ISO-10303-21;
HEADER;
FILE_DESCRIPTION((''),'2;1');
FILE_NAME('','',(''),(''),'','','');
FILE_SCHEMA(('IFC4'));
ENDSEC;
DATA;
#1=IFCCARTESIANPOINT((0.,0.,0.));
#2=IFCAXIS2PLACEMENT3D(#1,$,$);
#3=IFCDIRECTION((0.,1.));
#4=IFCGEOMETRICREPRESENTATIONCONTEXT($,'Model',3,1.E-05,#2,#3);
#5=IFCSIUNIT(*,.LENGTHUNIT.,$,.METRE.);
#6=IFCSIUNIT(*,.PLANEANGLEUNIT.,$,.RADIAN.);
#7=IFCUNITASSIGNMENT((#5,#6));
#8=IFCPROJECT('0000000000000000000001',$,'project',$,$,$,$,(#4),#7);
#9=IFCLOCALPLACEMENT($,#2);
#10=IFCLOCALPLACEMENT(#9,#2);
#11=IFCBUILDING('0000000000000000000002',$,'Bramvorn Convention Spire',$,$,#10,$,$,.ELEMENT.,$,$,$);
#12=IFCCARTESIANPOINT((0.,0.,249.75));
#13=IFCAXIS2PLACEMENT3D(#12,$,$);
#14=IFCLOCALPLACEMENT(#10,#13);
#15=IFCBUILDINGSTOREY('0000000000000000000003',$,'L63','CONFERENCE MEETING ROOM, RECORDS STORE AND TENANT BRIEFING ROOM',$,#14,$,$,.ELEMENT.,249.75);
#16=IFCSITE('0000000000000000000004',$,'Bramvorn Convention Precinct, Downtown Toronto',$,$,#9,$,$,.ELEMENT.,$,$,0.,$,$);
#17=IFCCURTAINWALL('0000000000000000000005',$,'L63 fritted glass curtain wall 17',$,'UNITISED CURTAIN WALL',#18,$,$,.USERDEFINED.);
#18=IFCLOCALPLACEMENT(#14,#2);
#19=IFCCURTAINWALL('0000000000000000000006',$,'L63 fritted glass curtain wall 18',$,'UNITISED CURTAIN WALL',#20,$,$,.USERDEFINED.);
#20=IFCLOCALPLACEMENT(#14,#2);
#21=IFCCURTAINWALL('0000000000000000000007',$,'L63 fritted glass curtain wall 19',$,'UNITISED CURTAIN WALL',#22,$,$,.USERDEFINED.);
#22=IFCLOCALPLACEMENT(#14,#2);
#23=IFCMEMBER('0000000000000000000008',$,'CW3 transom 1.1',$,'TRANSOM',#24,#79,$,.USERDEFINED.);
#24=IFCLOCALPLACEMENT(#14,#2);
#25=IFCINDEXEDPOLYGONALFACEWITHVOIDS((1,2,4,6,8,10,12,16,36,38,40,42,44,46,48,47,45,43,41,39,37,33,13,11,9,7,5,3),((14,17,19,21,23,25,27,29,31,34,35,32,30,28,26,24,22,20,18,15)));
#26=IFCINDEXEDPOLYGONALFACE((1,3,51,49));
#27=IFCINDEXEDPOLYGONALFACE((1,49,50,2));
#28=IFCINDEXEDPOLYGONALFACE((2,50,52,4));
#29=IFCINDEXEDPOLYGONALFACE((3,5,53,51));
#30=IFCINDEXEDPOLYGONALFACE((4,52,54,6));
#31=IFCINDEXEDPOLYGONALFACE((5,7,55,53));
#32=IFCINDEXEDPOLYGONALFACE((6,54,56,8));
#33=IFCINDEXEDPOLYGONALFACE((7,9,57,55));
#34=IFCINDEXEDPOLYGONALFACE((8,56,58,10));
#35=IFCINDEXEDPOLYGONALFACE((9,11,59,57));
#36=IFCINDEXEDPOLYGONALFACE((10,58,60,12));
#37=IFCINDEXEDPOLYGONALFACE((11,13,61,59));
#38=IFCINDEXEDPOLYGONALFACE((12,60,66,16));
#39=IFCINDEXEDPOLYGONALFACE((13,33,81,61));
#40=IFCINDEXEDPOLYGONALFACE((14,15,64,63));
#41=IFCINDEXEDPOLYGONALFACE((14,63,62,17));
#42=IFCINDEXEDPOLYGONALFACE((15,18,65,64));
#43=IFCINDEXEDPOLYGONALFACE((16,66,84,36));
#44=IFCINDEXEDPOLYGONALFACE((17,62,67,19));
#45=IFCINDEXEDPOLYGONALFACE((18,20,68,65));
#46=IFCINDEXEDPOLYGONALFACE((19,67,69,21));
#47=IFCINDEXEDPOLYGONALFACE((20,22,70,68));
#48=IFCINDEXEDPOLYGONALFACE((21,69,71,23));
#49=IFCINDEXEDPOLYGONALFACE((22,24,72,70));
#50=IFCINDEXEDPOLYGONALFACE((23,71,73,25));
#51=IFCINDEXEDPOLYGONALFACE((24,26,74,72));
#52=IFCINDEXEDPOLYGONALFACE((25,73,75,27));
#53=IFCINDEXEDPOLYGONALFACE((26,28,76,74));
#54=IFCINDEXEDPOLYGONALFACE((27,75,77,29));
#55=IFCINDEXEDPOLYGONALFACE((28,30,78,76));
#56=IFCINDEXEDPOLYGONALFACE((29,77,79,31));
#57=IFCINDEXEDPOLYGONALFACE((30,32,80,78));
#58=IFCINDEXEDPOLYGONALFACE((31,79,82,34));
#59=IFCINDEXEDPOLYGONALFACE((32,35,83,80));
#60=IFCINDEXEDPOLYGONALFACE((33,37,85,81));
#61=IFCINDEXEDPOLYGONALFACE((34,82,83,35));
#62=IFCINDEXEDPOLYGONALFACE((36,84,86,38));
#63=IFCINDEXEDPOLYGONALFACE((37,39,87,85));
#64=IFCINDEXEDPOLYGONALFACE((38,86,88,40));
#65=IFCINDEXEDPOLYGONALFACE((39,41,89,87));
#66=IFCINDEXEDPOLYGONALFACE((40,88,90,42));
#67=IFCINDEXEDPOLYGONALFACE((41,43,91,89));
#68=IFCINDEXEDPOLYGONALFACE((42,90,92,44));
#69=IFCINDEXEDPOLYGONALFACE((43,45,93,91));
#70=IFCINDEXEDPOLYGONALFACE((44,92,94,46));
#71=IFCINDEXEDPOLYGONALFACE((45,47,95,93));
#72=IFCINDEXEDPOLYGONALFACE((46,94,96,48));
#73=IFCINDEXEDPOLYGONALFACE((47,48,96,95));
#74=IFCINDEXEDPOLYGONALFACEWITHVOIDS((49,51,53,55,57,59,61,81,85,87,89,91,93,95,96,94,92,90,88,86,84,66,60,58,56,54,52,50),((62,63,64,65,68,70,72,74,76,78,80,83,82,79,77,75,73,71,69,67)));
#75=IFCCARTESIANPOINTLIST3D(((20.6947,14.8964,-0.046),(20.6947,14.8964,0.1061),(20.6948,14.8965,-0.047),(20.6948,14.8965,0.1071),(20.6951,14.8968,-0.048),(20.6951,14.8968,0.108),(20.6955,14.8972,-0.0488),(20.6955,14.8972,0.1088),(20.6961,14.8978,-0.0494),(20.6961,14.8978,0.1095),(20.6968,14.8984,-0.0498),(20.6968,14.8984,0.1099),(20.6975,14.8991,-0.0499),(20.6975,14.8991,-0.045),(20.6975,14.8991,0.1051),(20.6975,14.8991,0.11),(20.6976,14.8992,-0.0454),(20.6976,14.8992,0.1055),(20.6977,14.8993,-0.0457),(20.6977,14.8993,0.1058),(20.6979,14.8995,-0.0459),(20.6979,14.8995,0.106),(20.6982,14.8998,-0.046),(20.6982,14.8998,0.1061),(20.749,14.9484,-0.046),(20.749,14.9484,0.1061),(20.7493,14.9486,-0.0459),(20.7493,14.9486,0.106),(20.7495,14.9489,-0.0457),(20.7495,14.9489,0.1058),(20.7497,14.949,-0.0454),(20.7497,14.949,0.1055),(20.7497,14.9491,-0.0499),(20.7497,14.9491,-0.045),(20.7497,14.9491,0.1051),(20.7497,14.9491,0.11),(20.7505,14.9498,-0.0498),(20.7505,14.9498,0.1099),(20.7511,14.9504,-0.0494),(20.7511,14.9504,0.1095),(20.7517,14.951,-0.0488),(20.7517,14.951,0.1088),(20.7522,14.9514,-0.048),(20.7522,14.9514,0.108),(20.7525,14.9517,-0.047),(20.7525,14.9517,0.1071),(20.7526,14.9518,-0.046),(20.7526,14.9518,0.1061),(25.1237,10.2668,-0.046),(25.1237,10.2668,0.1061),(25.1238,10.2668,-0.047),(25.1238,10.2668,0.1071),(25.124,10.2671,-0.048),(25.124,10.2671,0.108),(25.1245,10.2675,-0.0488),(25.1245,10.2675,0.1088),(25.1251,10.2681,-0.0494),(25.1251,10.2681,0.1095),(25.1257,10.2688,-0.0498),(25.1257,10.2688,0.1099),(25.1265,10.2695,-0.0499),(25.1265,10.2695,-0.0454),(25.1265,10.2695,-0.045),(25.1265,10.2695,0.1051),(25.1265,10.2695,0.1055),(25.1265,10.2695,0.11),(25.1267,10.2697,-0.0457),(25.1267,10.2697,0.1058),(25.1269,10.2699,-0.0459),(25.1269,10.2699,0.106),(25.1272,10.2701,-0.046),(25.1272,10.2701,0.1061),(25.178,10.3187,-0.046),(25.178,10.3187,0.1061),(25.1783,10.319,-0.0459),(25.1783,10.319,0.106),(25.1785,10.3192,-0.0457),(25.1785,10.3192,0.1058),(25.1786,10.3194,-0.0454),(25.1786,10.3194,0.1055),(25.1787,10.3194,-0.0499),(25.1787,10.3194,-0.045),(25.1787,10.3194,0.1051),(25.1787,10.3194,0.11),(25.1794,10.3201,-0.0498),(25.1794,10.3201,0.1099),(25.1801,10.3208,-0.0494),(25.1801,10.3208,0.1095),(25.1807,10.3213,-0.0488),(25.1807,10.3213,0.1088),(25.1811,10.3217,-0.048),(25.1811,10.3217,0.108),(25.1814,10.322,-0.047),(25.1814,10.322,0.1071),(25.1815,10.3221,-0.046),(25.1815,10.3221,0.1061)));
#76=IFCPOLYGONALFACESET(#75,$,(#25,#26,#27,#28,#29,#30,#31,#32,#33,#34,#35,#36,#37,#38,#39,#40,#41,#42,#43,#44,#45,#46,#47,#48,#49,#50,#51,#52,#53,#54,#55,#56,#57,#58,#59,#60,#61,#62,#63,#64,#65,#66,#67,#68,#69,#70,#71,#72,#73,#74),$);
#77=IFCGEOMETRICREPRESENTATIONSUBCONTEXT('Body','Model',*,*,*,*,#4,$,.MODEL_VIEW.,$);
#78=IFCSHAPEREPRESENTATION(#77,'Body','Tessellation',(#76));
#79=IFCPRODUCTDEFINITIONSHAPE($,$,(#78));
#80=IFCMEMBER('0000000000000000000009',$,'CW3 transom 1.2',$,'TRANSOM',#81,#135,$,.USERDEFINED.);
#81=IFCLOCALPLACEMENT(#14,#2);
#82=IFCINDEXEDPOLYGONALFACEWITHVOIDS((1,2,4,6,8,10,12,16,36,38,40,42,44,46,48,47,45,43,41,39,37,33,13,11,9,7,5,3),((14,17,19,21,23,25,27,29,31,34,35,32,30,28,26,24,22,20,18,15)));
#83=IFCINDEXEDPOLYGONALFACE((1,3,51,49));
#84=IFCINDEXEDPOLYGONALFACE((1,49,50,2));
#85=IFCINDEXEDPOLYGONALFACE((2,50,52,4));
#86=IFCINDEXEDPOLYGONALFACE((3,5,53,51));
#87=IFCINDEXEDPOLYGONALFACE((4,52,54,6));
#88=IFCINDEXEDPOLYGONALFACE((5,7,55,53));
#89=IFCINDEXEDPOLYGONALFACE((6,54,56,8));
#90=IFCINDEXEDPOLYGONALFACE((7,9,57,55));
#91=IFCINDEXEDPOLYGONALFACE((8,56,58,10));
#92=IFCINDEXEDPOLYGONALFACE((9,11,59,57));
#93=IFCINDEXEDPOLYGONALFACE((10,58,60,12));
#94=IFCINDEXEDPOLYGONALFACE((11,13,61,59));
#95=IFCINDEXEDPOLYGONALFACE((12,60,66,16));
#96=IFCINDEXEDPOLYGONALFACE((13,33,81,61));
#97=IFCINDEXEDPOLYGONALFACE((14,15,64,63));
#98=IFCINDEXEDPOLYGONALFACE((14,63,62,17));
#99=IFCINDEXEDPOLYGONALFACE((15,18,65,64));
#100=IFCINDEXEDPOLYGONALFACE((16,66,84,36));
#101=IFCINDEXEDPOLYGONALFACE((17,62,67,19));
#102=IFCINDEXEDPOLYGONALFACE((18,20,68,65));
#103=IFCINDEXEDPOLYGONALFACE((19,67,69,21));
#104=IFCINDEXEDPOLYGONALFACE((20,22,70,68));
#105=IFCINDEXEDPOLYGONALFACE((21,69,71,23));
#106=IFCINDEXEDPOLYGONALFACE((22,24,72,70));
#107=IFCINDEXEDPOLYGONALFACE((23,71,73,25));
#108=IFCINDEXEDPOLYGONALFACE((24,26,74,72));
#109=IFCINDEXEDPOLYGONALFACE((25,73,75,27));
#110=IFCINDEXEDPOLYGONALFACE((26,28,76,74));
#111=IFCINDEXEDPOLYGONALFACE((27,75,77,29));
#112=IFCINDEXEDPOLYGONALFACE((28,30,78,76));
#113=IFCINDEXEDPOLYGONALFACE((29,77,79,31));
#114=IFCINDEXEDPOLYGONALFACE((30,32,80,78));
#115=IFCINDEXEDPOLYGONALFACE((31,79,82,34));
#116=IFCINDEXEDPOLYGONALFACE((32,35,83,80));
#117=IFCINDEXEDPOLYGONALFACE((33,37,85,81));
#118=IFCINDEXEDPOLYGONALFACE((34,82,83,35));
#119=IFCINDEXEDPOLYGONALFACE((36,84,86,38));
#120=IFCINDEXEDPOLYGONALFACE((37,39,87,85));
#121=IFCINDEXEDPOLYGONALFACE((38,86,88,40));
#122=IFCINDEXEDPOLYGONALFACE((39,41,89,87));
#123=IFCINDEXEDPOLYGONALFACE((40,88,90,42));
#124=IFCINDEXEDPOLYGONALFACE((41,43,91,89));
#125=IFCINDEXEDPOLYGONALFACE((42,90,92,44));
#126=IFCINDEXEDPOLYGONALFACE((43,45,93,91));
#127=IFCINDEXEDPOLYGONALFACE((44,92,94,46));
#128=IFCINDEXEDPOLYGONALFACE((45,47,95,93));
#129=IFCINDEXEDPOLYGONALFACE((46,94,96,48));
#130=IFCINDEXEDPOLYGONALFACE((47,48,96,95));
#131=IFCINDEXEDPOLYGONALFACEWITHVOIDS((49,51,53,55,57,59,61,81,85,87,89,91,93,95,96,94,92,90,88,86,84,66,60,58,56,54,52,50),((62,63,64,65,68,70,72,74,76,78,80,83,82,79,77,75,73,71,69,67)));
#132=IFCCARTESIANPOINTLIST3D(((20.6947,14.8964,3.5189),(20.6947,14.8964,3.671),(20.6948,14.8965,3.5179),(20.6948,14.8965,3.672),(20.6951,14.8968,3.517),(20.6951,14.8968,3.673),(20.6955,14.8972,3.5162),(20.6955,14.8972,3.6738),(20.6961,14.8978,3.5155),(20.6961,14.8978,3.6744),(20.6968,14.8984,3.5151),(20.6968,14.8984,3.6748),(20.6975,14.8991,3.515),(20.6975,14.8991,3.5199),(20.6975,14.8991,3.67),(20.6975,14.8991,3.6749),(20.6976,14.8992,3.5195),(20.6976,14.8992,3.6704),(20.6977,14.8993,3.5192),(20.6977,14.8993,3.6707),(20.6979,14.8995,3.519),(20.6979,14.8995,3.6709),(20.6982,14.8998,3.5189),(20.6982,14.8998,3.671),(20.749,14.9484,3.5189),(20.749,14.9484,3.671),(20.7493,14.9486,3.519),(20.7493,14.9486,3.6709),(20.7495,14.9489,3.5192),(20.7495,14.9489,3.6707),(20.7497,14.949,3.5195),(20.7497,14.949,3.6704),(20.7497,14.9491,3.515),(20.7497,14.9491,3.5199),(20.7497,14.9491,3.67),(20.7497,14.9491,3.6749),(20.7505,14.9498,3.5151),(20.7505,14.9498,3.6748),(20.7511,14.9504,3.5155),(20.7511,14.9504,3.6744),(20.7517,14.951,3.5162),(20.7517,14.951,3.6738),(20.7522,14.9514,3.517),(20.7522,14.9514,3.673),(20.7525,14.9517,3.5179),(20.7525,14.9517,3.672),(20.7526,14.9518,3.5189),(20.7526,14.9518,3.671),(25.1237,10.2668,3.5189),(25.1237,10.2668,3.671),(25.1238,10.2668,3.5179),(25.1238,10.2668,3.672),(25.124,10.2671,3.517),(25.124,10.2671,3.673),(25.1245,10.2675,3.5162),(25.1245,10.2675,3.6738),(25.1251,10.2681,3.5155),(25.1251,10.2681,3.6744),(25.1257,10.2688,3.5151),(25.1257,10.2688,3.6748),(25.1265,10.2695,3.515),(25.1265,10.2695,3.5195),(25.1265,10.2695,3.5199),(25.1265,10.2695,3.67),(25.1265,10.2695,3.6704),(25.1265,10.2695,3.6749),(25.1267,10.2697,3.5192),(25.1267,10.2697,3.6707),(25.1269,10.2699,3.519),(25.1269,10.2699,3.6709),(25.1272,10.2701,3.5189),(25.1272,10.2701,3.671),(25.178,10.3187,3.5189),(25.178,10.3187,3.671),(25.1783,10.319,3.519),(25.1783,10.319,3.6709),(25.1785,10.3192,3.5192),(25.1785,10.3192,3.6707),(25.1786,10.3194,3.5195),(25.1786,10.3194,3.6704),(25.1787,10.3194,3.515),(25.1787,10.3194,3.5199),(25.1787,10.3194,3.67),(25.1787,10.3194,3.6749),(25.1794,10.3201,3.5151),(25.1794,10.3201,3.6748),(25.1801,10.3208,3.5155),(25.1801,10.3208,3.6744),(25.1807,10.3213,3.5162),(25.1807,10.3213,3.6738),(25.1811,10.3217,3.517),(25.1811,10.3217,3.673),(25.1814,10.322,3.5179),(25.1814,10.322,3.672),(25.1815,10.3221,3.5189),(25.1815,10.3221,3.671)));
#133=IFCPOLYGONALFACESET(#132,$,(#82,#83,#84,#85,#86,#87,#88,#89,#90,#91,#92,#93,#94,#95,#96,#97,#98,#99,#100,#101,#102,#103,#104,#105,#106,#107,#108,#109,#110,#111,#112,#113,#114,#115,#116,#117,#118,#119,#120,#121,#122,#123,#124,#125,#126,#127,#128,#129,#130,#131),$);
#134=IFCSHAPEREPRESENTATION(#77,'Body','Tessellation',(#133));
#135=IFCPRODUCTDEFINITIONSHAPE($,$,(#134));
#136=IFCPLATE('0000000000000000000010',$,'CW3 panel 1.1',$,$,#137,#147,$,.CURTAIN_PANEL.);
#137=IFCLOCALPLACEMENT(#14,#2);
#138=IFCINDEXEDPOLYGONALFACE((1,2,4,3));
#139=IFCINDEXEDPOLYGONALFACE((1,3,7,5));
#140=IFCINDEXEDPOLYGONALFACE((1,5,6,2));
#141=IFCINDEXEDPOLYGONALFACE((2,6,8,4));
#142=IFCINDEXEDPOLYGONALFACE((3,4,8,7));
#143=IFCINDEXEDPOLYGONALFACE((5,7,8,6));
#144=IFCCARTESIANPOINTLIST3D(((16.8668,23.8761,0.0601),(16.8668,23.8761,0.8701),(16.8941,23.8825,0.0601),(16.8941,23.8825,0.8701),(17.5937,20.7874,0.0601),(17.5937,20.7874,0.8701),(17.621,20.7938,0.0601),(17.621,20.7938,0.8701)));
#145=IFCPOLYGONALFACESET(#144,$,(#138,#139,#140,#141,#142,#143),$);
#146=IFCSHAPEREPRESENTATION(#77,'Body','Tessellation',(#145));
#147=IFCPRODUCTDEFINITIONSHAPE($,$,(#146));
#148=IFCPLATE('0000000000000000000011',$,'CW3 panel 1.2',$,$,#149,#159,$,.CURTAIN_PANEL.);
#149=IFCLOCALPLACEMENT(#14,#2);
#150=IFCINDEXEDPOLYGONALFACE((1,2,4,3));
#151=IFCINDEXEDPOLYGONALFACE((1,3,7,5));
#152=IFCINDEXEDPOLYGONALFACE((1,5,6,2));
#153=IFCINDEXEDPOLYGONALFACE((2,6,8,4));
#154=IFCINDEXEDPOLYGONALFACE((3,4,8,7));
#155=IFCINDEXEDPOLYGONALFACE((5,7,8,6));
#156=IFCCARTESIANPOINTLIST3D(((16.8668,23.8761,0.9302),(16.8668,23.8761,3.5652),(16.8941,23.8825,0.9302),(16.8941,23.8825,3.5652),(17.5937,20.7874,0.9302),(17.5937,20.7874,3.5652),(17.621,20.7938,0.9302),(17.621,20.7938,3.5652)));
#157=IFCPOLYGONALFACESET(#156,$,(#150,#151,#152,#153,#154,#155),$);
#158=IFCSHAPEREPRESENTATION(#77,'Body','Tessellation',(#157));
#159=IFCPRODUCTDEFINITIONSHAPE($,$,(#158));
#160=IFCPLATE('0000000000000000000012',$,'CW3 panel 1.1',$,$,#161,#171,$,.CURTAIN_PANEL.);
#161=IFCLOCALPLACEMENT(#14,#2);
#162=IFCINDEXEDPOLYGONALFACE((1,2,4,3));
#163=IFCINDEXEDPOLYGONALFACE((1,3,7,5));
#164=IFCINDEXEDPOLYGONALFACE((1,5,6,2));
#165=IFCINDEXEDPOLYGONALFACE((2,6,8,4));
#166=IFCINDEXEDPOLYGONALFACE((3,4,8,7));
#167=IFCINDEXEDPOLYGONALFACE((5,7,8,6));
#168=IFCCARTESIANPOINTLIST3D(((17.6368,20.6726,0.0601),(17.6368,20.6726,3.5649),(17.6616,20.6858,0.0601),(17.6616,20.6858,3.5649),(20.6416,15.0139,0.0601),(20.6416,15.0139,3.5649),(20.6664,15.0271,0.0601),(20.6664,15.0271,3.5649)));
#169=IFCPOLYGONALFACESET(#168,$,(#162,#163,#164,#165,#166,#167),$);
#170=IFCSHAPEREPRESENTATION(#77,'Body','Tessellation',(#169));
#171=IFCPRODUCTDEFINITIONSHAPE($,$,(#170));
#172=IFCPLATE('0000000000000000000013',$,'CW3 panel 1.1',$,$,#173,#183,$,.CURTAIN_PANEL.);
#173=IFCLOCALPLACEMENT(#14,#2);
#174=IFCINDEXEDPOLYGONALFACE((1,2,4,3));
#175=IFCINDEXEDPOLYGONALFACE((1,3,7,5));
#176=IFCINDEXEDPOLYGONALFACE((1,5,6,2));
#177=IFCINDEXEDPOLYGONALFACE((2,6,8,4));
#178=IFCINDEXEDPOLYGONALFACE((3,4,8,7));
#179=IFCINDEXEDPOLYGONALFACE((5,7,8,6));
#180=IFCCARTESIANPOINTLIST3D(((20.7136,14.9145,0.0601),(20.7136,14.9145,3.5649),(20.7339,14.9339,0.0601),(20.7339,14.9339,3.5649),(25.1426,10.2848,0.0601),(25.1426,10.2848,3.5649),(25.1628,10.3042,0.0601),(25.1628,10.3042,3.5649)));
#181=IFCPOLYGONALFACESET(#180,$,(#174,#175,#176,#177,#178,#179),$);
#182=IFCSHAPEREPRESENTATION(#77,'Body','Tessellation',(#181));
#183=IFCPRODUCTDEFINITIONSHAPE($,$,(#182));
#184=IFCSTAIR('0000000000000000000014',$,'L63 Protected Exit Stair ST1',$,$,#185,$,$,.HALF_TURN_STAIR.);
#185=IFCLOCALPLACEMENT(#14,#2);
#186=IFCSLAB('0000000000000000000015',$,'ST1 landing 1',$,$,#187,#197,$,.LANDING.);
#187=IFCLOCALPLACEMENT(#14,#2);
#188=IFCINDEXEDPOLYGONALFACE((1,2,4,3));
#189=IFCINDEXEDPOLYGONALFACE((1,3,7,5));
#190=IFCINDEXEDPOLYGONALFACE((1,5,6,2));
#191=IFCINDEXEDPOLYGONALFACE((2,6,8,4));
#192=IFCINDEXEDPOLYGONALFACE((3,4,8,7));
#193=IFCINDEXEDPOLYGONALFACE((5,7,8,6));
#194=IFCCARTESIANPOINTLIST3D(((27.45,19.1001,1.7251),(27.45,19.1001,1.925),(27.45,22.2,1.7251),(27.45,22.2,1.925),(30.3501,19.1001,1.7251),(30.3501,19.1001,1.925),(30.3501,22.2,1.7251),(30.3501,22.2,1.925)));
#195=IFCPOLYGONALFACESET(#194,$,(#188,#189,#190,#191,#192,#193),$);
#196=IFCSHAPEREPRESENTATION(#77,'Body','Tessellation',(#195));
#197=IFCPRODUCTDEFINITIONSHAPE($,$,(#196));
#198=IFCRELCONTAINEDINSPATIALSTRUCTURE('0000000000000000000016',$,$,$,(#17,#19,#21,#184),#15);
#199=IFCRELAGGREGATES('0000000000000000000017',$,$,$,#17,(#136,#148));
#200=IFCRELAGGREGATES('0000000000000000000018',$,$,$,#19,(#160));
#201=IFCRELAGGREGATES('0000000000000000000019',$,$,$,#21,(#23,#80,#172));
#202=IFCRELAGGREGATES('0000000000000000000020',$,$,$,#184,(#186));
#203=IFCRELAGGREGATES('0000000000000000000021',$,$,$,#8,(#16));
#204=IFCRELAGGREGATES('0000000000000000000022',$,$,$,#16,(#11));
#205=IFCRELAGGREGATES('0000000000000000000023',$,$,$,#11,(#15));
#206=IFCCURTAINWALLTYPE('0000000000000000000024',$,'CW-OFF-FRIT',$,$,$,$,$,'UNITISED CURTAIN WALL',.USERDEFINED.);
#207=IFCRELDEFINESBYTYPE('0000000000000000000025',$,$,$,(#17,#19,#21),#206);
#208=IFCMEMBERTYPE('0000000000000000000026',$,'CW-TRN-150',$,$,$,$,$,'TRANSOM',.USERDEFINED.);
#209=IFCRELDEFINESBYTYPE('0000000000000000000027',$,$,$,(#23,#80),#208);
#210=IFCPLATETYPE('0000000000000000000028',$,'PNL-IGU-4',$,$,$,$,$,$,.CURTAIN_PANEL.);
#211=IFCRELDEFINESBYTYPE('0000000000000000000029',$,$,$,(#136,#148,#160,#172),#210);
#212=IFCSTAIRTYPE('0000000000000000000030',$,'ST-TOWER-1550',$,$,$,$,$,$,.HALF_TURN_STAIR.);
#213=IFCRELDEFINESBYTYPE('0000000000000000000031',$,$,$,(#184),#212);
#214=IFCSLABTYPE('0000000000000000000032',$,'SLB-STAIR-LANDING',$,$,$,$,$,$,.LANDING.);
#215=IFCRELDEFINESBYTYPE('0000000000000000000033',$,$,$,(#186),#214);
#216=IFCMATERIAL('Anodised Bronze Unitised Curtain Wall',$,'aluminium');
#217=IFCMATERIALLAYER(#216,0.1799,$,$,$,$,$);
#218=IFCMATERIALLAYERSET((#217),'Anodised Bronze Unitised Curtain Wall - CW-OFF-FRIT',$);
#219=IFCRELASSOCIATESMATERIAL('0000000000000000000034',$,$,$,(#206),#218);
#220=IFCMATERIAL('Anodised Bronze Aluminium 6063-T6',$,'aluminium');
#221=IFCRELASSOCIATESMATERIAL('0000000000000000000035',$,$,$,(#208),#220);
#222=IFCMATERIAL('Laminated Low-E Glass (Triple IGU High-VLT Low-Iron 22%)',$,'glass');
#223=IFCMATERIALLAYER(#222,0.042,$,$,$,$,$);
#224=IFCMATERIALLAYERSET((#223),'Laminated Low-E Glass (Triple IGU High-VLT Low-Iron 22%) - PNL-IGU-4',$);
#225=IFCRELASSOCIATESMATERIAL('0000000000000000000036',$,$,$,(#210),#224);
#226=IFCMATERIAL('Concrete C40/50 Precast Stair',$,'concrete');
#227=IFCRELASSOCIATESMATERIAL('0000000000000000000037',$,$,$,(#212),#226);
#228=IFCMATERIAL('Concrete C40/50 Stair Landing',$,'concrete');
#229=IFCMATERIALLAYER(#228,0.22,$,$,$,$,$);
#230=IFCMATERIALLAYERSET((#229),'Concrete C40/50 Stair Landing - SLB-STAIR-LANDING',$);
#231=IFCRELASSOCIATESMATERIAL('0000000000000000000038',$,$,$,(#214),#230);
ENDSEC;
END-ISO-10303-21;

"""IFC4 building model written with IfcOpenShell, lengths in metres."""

from ifc_helpers import new_model, si_unit, direction, frame, origin, origin_2d, place, context, subcontext, project, spatial, polyline, rectangle, hollow_rectangle, outline, extrude, material, layer, layer_set, material_profile, profile_set, type_object, element, aggregate, save


model = new_model("IFC4")

# Units and contexts
model_context = context("Model", 3, precision=1e-05, world=origin(), true_north=direction((0.0, 1.0)))
body_context = subcontext(model_context, "Body", "Model", "MODEL_VIEW")
ifc_project = project(units=[si_unit("LENGTHUNIT", "METRE"), si_unit("PLANEANGLEUNIT", "RADIAN")], contexts=[model_context])

# Site, building, storey
site_placement = place(None, origin())
site = spatial("IfcSite", under=ifc_project, at=site_placement, Name="Bramvorn Convention Precinct, Downtown Toronto", CompositionType="ELEMENT", RefElevation=0.0)
building_placement = place(site_placement, origin())
building = spatial("IfcBuilding", under=site, at=building_placement, Name="Bramvorn Convention Spire", CompositionType="ELEMENT")
storey_placement = place(building_placement, frame((0.0, 0.0, 249.75)))
storey = spatial("IfcBuildingStorey", under=building, at=storey_placement, Name="L63", Description="CONFERENCE MEETING ROOM, RECORDS STORE AND TENANT BRIEFING ROOM", CompositionType="ELEMENT", Elevation=249.75)

# Curtain walls
ifc_material_1 = material(Name="Anodised Bronze Unitised Curtain Wall", Category="aluminium")
ifc_layer_1 = layer(ifc_material_1, 0.1799)
ifc_layer_set_1 = layer_set([ifc_layer_1], Name="Anodised Bronze Unitised Curtain Wall - CW-OFF-FRIT")
curtain_wall_type = type_object("IfcCurtainWallType", Name="CW-OFF-FRIT", ElementType="UNITISED CURTAIN WALL", PredefinedType="USERDEFINED", material=ifc_layer_set_1)
curtain_wall_1_placement = place(storey_placement, origin())
curtain_wall_1 = element("IfcCurtainWall", 1, at=curtain_wall_1_placement, inside=storey, type_object=curtain_wall_type, Name="L63 fritted glass curtain wall 17", ObjectType="UNITISED CURTAIN WALL", PredefinedType="USERDEFINED")
ifc_material_2 = material(Name="Anodised Bronze Aluminium 6063-T6", Category="aluminium")
curtain_wall_2_placement = place(storey_placement, origin())
curtain_wall_2 = element("IfcCurtainWall", 2, at=curtain_wall_2_placement, inside=storey, type_object=curtain_wall_type, Name="L63 fritted glass curtain wall 18", ObjectType="UNITISED CURTAIN WALL", PredefinedType="USERDEFINED")
curtain_wall_3_placement = place(storey_placement, origin())
curtain_wall_3 = element("IfcCurtainWall", 3, at=curtain_wall_3_placement, inside=storey, type_object=curtain_wall_type, Name="L63 fritted glass curtain wall 19", ObjectType="UNITISED CURTAIN WALL", PredefinedType="USERDEFINED")

# Members
ifc_material_profile_1 = material_profile(ifc_material_2, hollow_rectangle(XDim=0.0801, YDim=0.1599, WallThickness=0.0039, InnerFilletRadius=0.001, OuterFilletRadius=0.0039, at=origin_2d()))
ifc_profile_set_1 = profile_set([ifc_material_profile_1], Name="Anodised Bronze Aluminium 6063-T6 - CWT80X160")
member_type_1 = type_object("IfcMemberType", Name="CW-TRN-150", ElementType="TRANSOM", PredefinedType="USERDEFINED", material=ifc_profile_set_1)
member_1_placement = place(storey_placement, frame((25.1526, 10.2944, 0.03), z_axis=(-0.691272, 0.722595, 0.0), x_axis=(-0.722595, -0.691272, 0.0)))
member_1 = element("IfcMember", 4, at=member_1_placement, type_object=member_type_1, Name="CW3 transom 1.1", ObjectType="TRANSOM", PredefinedType="USERDEFINED", context=body_context, shape_type="SweptSolid", body=[
    extrude(hollow_rectangle(XDim=0.0801, YDim=0.1599, WallThickness=0.0039, InnerFilletRadius=0.001, OuterFilletRadius=0.0039, at=origin_2d()), origin(), (0.0, 0.0, 1.0), 6.407),
])
member_2_placement = place(storey_placement, frame((25.1526, 10.2944, 3.595), z_axis=(-0.691272, 0.722595, 0.0), x_axis=(-0.722595, -0.691272, 0.0)))
member_2 = element("IfcMember", 5, at=member_2_placement, type_object=member_type_1, Name="CW3 transom 1.2", ObjectType="TRANSOM", PredefinedType="USERDEFINED", context=body_context, shape_type="SweptSolid", body=[
    extrude(hollow_rectangle(XDim=0.0801, YDim=0.1599, WallThickness=0.0039, InnerFilletRadius=0.001, OuterFilletRadius=0.0039, at=origin_2d()), origin(), (0.0, 0.0, 1.0), 6.407),
])

# Plates
ifc_material_3 = material(Name="Laminated Low-E Glass (Triple IGU High-VLT Low-Iron 22%)", Category="glass")
ifc_layer_2 = layer(ifc_material_3, 0.042)
ifc_layer_set_2 = layer_set([ifc_layer_2], Name="Laminated Low-E Glass (Triple IGU High-VLT Low-Iron 22%) - PNL-IGU-4")
plate_type = type_object("IfcPlateType", Name="PNL-IGU-4", PredefinedType="CURTAIN_PANEL", material=ifc_layer_set_2)
plate_1_placement = place(storey_placement, frame((17.2439, 22.335, 0.0601), z_axis=(0.0, 0.0, 1.0), x_axis=(-0.229079, 0.973408, 0.0)))
plate_1 = element("IfcPlate", 6, at=plate_1_placement, type_object=plate_type, Name="CW3 panel 1.1", PredefinedType="CURTAIN_PANEL", context=body_context, shape_type="SweptSolid", body=[
    extrude(rectangle(XDim=3.1731, YDim=0.0281, at=origin_2d()), origin(), (0.0, 0.0, 1.0), 0.8101),
])
plate_2_placement = place(storey_placement, frame((17.2439, 22.335, 0.9302), z_axis=(0.0, 0.0, 1.0), x_axis=(-0.229079, 0.973408, 0.0)))
plate_2 = element("IfcPlate", 7, at=plate_2_placement, type_object=plate_type, Name="CW3 panel 1.2", PredefinedType="CURTAIN_PANEL", context=body_context, shape_type="SweptSolid", body=[
    extrude(rectangle(XDim=3.1731, YDim=0.0281, at=origin_2d()), origin(), (0.0, 0.0, 1.0), 2.635),
])
aggregate(curtain_wall_1, [plate_1, plate_2])
plate_3_placement = place(storey_placement, frame((19.1516, 17.8499, 0.0601), z_axis=(0.0, 0.0, 1.0), x_axis=(-0.468995, 0.883201, 0.0)))
plate_3 = element("IfcPlate", 8, at=plate_3_placement, type_object=plate_type, Name="CW3 panel 1.1", PredefinedType="CURTAIN_PANEL", context=body_context, shape_type="SweptSolid", body=[
    extrude(rectangle(XDim=6.407, YDim=0.0281, at=origin_2d()), origin(), (0.0, 0.0, 1.0), 3.5049),
])
aggregate(curtain_wall_2, [plate_3])
plate_4_placement = place(storey_placement, frame((22.9382, 12.6094, 0.0601), z_axis=(0.0, 0.0, 1.0), x_axis=(-0.691268, 0.722599, 0.0)))
plate_4 = element("IfcPlate", 9, at=plate_4_placement, type_object=plate_type, Name="CW3 panel 1.1", PredefinedType="CURTAIN_PANEL", context=body_context, shape_type="SweptSolid", body=[
    extrude(rectangle(XDim=6.407, YDim=0.0281, at=origin_2d()), origin(), (0.0, 0.0, 1.0), 3.5049),
])
aggregate(curtain_wall_3, [member_1, member_2, plate_4])

# Stair, slab
ifc_material_4 = material(Name="Concrete C40/50 Precast Stair", Category="concrete")
stair_type = type_object("IfcStairType", Name="ST-TOWER-1550", PredefinedType="HALF_TURN_STAIR", material=ifc_material_4)
stair_1_placement = place(storey_placement, origin())
stair_1 = element("IfcStair", 10, at=stair_1_placement, inside=storey, type_object=stair_type, Name="L63 Protected Exit Stair ST1", PredefinedType="HALF_TURN_STAIR")
ifc_material_5 = material(Name="Concrete C40/50 Stair Landing", Category="concrete")
ifc_layer_3 = layer(ifc_material_5, 0.22)
ifc_layer_set_3 = layer_set([ifc_layer_3], Name="Concrete C40/50 Stair Landing - SLB-STAIR-LANDING")
slab_type_1 = type_object("IfcSlabType", Name="SLB-STAIR-LANDING", PredefinedType="LANDING", material=ifc_layer_set_3)
slab_1_placement = place(storey_placement, frame((0.0, 0.0, 1.7251)))
slab_1 = element("IfcSlab", 11, at=slab_1_placement, type_object=slab_type_1, Name="ST1 landing 1", PredefinedType="LANDING", context=body_context, shape_type="SweptSolid", body=[
    extrude(outline(polyline([(27.45, 22.2), (27.45, 19.1001), (30.3501, 19.1001), (30.3501, 22.2), (27.45, 22.2)])), origin(), (0.0, 0.0, 1.0), 0.2),
])
aggregate(stair_1, [slab_1])

save(model, "model.ifc")
